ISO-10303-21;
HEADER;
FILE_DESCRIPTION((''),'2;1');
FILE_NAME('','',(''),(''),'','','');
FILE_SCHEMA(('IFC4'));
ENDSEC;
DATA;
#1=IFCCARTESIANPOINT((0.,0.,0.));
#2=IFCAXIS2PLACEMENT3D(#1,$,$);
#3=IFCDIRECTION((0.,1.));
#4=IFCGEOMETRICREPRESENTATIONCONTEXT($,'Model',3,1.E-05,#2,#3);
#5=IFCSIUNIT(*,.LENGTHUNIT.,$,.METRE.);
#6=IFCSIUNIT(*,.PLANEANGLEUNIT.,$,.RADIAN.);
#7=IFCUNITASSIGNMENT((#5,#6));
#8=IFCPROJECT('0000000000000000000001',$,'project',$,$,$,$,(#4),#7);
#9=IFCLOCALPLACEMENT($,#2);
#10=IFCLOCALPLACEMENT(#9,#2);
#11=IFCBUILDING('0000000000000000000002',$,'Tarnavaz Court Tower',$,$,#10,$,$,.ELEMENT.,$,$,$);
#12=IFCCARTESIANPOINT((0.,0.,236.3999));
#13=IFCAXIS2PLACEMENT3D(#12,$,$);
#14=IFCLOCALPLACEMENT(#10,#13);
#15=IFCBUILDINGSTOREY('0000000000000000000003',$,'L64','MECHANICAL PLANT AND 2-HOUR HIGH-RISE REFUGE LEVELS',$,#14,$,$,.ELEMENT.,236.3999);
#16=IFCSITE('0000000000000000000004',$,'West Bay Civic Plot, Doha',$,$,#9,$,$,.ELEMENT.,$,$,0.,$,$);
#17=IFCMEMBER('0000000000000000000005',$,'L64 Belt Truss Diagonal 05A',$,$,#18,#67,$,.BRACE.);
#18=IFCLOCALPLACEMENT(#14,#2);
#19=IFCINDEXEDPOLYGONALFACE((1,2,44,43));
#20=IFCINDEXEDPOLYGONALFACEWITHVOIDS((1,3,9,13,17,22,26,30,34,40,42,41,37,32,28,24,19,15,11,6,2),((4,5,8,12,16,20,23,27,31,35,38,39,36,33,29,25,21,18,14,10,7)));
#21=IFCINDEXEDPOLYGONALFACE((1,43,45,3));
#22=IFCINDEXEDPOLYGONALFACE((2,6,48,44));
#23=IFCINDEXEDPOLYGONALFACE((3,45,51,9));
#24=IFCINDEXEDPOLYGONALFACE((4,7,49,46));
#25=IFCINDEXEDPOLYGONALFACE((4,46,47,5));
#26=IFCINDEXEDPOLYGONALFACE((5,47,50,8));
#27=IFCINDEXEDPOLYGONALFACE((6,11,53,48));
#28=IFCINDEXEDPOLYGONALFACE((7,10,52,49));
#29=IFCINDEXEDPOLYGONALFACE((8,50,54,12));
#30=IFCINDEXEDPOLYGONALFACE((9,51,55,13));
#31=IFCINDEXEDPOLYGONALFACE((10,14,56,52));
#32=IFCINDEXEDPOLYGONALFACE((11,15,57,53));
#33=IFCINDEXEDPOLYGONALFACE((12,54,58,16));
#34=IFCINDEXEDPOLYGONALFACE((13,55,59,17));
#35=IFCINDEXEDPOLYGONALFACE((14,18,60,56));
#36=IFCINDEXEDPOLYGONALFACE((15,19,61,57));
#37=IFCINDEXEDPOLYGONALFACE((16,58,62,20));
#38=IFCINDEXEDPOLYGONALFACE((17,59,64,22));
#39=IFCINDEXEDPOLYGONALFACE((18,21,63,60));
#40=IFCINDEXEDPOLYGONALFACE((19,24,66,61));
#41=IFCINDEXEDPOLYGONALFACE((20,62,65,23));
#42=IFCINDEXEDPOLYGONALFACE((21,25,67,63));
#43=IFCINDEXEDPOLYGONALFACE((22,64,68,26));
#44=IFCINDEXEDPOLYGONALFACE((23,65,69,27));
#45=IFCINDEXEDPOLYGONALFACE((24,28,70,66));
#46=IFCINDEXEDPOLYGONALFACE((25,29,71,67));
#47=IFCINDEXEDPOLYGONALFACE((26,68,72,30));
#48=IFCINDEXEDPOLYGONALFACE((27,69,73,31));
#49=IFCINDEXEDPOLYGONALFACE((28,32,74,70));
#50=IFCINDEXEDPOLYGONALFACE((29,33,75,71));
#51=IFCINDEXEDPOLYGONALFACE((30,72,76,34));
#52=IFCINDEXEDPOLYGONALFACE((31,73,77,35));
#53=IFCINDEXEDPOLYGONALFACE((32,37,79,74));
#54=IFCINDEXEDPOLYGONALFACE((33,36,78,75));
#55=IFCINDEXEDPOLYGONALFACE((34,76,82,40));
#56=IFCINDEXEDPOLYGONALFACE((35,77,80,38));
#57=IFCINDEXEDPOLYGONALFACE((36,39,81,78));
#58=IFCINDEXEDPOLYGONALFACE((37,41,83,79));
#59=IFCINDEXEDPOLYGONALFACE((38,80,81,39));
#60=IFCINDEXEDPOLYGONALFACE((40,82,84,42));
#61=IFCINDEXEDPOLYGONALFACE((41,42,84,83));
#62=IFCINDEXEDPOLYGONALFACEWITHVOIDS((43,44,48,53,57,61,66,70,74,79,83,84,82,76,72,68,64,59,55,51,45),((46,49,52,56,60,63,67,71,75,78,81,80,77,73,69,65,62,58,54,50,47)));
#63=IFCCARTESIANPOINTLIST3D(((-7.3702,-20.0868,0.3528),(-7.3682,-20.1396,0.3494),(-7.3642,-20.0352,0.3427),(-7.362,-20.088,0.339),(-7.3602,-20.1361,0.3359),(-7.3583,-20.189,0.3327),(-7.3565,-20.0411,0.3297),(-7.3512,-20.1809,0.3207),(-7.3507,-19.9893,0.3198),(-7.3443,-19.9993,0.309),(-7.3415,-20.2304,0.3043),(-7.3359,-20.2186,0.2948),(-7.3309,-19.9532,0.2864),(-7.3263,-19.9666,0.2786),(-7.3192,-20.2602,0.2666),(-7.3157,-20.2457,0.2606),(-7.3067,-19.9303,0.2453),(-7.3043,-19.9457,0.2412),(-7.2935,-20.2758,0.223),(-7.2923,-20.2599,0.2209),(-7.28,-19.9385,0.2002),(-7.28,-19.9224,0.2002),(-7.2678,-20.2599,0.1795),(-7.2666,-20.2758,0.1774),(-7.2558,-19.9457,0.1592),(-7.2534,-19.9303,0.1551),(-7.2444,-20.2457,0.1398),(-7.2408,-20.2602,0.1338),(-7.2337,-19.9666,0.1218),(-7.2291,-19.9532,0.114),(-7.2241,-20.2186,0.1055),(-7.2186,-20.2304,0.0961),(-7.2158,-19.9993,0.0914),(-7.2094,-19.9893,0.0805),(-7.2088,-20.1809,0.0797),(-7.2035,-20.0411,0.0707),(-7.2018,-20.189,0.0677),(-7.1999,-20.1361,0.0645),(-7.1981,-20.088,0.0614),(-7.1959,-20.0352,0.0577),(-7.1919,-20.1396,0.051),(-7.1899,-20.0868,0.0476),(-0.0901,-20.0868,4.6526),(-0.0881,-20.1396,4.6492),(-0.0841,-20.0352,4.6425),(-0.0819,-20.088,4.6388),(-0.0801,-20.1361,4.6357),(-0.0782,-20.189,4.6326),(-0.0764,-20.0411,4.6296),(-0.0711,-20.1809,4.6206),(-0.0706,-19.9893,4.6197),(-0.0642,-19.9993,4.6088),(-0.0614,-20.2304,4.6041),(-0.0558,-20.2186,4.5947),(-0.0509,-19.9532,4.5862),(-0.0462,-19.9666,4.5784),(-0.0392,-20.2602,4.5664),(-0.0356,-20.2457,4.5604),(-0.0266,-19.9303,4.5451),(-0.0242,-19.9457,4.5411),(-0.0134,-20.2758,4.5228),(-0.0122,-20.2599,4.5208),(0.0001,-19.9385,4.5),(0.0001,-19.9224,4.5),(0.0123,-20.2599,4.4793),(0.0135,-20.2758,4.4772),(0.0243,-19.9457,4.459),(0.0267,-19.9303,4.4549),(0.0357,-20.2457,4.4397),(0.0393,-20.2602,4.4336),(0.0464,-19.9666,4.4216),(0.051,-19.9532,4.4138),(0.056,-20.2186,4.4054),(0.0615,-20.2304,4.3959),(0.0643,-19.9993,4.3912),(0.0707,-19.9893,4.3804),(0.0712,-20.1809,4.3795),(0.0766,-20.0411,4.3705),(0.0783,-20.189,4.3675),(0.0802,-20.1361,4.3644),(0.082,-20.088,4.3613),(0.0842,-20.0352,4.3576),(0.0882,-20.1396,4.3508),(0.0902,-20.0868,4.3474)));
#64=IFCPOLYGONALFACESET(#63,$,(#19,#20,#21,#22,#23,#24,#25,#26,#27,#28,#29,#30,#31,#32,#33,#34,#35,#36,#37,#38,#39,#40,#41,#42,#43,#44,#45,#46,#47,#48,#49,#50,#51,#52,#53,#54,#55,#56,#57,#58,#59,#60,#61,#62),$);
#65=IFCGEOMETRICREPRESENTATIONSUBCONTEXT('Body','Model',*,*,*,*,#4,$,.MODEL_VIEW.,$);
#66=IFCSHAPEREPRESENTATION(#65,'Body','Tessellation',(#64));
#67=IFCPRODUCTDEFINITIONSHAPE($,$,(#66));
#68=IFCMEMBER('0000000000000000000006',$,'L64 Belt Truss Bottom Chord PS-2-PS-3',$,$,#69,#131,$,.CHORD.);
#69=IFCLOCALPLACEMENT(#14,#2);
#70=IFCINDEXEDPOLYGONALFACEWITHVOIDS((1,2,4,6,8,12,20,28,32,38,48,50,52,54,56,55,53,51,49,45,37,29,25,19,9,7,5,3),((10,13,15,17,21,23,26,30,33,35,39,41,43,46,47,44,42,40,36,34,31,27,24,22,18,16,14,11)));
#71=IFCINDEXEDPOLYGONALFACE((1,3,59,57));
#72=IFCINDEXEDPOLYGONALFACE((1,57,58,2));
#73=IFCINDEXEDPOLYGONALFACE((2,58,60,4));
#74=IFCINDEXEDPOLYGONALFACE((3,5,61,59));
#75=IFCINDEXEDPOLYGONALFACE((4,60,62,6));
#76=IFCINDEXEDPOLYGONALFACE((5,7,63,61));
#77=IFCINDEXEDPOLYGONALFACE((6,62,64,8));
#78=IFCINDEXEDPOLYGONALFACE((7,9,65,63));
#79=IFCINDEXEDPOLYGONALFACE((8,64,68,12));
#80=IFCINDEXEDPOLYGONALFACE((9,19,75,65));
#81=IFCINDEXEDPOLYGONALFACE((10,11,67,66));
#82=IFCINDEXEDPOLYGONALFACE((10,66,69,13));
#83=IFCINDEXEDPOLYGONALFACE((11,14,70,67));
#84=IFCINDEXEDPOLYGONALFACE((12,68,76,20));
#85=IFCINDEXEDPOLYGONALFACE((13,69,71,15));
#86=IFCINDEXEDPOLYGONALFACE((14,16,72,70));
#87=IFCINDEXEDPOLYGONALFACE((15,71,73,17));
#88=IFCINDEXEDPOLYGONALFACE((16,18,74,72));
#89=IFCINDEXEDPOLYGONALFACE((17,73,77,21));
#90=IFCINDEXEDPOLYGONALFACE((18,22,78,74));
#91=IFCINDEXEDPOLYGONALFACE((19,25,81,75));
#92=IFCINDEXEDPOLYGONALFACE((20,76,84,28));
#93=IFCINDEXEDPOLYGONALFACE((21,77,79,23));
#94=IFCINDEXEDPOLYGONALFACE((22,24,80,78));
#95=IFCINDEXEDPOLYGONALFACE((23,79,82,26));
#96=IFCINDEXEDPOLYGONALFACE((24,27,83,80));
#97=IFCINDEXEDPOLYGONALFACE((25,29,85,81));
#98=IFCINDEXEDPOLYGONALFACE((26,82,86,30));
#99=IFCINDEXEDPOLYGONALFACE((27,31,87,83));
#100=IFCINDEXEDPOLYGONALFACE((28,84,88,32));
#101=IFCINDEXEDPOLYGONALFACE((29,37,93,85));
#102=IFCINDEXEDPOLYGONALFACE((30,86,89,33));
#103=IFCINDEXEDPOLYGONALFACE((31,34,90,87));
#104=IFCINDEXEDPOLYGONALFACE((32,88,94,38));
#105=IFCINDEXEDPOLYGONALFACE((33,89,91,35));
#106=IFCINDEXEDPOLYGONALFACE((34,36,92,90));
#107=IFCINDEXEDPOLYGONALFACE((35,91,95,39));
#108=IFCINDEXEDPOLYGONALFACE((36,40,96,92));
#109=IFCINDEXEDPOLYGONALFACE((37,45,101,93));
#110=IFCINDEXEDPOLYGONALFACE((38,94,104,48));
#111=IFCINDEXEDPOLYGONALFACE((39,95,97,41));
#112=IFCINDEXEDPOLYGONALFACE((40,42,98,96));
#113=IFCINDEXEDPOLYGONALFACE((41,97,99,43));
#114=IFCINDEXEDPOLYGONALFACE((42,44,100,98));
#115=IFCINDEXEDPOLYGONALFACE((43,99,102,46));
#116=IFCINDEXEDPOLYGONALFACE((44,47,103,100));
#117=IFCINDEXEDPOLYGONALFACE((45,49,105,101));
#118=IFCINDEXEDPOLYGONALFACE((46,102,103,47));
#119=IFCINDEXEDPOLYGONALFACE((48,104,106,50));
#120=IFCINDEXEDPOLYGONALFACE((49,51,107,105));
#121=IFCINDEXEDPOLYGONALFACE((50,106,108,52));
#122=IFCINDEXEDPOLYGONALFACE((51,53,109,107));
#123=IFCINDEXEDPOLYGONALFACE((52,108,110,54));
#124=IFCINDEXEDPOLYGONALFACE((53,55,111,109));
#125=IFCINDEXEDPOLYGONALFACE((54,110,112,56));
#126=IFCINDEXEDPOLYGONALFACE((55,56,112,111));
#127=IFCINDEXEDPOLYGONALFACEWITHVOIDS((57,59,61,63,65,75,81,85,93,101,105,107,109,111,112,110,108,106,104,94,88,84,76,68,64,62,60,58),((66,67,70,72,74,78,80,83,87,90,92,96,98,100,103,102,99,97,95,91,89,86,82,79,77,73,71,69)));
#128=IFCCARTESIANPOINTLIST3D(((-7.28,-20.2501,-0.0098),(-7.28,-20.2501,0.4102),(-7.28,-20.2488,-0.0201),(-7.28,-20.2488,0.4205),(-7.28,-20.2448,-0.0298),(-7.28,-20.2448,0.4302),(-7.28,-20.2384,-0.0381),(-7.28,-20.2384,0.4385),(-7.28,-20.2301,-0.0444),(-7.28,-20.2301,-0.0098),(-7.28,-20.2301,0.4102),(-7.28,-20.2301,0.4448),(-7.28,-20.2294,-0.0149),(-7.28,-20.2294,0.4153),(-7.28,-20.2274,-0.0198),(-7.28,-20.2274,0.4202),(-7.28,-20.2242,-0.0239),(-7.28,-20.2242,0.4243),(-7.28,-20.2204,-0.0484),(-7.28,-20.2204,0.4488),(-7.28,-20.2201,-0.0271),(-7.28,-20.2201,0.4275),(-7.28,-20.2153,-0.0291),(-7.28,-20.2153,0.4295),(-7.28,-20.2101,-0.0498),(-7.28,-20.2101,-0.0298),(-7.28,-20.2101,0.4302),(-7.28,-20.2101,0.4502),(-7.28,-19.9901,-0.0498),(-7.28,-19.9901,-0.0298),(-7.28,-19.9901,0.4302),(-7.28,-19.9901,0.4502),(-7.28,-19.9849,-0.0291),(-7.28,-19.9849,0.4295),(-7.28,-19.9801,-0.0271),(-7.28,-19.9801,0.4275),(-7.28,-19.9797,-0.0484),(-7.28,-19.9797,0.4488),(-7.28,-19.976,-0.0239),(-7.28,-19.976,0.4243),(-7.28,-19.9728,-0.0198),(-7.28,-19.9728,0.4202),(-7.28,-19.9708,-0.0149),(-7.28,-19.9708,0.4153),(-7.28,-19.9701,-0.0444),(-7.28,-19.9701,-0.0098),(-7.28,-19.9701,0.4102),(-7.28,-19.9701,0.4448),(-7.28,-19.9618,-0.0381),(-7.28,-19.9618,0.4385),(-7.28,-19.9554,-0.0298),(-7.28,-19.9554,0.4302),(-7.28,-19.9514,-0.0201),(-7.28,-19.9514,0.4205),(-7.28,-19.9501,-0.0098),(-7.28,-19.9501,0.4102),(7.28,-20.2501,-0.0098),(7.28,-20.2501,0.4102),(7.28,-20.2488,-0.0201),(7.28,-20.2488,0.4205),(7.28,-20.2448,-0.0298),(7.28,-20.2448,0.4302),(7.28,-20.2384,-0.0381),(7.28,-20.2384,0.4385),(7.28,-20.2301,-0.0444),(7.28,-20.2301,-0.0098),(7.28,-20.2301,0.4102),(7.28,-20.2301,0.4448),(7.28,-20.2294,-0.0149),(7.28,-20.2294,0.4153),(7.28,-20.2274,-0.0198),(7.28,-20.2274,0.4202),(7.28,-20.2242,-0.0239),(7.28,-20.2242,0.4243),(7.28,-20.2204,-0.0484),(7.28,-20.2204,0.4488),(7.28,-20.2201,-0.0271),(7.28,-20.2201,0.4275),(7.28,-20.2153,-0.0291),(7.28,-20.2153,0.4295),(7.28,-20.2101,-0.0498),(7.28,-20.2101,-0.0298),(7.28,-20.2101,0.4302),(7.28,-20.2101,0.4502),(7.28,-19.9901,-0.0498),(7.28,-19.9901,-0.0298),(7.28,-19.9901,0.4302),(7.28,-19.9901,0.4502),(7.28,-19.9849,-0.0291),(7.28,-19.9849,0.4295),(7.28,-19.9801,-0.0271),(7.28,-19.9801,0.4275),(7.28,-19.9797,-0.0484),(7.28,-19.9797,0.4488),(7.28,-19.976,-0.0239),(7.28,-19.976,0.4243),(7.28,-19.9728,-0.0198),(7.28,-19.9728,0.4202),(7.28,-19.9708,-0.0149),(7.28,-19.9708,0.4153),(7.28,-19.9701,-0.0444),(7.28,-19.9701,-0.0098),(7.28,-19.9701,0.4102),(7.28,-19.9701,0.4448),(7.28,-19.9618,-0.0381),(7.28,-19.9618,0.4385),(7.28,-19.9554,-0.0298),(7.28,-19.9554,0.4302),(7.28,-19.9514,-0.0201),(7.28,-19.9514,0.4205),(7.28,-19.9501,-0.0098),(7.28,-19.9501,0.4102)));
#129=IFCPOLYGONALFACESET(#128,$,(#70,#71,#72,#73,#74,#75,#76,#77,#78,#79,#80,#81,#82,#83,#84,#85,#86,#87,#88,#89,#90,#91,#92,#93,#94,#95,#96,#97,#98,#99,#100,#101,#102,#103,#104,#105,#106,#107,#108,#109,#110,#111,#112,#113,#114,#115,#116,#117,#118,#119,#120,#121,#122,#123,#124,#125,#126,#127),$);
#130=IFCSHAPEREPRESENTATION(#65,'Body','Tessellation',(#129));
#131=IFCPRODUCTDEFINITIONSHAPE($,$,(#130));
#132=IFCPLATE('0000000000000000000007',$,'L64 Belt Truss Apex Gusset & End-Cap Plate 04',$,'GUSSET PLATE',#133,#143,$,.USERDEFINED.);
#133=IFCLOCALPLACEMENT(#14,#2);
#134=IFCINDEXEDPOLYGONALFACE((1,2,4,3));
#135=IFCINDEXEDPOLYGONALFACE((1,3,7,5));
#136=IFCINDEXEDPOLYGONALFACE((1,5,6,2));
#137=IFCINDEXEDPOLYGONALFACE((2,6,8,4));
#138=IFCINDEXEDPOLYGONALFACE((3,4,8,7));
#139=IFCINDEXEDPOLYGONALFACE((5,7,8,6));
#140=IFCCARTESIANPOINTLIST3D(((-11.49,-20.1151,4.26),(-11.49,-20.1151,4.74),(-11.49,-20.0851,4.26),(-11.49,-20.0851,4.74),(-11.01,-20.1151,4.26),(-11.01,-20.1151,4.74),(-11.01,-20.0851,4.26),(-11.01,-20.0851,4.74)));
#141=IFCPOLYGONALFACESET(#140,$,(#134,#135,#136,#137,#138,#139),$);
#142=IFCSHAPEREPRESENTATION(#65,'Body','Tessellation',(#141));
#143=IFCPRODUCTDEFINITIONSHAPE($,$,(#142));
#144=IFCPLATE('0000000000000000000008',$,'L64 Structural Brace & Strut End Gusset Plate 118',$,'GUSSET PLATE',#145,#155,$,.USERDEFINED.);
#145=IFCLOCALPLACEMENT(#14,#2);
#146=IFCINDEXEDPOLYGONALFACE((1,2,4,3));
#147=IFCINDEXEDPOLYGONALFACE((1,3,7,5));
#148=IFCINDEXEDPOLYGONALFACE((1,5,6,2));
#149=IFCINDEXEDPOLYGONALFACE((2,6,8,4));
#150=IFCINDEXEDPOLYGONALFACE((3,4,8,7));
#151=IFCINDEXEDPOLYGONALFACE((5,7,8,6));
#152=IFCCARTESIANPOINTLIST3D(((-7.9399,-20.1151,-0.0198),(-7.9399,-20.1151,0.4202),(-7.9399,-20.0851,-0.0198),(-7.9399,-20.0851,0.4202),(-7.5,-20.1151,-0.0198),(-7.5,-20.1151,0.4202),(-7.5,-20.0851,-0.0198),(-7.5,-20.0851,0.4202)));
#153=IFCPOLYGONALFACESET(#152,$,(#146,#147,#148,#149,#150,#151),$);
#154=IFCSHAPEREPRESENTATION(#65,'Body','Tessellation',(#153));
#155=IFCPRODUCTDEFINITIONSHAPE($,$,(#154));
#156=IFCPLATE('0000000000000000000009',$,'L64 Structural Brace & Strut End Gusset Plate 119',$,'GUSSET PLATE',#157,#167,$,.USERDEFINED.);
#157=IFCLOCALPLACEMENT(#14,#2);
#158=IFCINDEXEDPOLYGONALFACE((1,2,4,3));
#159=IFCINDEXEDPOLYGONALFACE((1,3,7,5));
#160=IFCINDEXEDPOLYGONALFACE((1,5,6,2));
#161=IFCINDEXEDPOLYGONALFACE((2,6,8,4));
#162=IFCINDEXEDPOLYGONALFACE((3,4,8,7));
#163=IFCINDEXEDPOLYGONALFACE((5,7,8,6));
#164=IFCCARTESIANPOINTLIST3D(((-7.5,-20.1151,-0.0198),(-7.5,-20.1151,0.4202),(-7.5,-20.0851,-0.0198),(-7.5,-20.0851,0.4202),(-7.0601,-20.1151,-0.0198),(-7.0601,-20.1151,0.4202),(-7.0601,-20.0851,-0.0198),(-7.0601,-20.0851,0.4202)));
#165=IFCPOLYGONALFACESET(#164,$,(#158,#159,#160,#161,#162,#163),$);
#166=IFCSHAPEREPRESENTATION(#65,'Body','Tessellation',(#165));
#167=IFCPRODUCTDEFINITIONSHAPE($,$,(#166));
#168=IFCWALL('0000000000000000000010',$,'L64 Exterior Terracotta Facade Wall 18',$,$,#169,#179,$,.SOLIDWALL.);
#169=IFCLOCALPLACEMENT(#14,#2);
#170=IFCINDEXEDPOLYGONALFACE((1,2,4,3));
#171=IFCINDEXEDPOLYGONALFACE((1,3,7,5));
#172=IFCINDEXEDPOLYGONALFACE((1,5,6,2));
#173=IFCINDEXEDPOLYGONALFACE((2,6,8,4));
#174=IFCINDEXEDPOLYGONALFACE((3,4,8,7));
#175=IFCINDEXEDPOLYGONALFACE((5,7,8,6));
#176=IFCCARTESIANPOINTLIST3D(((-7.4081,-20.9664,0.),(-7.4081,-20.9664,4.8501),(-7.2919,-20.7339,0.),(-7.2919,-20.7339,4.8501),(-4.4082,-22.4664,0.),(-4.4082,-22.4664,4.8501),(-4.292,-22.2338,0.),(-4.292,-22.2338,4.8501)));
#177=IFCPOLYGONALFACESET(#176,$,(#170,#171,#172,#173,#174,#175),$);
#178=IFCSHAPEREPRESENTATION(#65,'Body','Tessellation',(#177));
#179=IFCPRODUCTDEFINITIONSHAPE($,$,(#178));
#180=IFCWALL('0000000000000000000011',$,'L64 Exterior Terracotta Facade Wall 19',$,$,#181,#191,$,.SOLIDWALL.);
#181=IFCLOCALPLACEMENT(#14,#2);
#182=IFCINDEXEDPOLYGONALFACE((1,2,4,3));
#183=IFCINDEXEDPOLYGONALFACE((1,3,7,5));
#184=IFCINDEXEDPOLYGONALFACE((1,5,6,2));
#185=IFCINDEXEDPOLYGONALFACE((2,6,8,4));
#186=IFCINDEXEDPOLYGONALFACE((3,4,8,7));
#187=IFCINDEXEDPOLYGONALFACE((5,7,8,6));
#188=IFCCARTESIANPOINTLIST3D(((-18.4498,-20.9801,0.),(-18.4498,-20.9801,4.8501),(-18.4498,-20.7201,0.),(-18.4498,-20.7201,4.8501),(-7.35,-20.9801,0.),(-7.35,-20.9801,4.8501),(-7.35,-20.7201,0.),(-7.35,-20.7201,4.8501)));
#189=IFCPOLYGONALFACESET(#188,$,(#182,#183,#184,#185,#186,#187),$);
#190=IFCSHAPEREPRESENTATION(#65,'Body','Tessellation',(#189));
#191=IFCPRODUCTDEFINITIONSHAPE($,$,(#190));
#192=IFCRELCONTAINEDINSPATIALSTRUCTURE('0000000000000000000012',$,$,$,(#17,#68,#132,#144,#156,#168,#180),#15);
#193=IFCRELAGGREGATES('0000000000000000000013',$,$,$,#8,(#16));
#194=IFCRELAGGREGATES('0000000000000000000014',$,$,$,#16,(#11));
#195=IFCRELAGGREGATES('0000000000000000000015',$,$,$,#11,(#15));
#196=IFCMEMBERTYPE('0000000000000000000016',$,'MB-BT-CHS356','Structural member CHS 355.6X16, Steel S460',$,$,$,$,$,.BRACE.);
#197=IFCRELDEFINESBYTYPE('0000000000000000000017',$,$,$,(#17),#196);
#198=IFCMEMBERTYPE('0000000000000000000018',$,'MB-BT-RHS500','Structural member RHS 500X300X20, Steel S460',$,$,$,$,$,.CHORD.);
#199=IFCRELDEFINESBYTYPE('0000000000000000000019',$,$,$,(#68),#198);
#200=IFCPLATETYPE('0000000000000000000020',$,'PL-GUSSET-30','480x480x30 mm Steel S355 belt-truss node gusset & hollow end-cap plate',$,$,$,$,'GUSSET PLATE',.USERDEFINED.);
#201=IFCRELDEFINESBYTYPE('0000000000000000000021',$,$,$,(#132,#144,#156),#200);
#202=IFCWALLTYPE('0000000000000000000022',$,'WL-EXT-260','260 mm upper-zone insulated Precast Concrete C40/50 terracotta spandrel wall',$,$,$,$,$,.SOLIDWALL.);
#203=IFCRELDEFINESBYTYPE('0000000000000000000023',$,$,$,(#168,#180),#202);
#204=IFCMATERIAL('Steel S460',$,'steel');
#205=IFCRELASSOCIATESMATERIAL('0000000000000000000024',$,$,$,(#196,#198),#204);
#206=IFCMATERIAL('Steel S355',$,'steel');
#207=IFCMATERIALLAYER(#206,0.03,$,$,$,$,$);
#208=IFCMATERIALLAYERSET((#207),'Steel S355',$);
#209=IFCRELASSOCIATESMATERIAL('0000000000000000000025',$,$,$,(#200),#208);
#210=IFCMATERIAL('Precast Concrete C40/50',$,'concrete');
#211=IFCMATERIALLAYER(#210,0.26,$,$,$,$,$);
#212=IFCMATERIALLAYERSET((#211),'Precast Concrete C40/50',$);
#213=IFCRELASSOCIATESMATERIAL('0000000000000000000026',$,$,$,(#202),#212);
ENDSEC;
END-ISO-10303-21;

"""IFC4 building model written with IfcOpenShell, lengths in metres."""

from ifc_helpers import new_model, si_unit, direction, frame, frame_2d, origin, origin_2d, place, context, subcontext, project, spatial, rectangle, hollow_rectangle, hollow_circle, extrude, material, layer, layer_set, material_profile, profile_set, type_object, element, save


model = new_model("IFC4")

# Units and contexts
model_context = context("Model", 3, precision=1e-05, world=origin(), true_north=direction((0.0, 1.0)))
body_context = subcontext(model_context, "Body", "Model", "MODEL_VIEW")
ifc_project = project(units=[si_unit("LENGTHUNIT", "METRE"), si_unit("PLANEANGLEUNIT", "RADIAN")], contexts=[model_context])

# Site, building, storey
site_placement = place(None, origin())
site = spatial("IfcSite", under=ifc_project, at=site_placement, Name="West Bay Civic Plot, Doha", CompositionType="ELEMENT", RefElevation=0.0)
building_placement = place(site_placement, origin())
building = spatial("IfcBuilding", under=site, at=building_placement, Name="Tarnavaz Court Tower", CompositionType="ELEMENT")
storey_placement = place(building_placement, frame((0.0, 0.0, 236.3999)))
storey = spatial("IfcBuildingStorey", under=building, at=storey_placement, Name="L64", Description="MECHANICAL PLANT AND 2-HOUR HIGH-RISE REFUGE LEVELS", CompositionType="ELEMENT", Elevation=236.3999)

# Shared definitions
ifc_material_1 = material(Name="Steel S460", Category="steel")

# Shared definitions
ifc_material_2 = material(Name="Steel S355", Category="steel")

# Members
ifc_material_profile_1 = material_profile(ifc_material_1, hollow_circle(Radius=0.1777, WallThickness=0.0161, at=origin_2d()), Name="CHS 355.6X16")
ifc_profile_set_1 = profile_set([ifc_material_profile_1], Name="Steel S460")
member_type_1 = type_object("IfcMemberType", Name="MB-BT-CHS356", Description="Structural member CHS 355.6X16, Steel S460", PredefinedType="BRACE", material=ifc_profile_set_1)
member_1_placement = place(storey_placement, frame((-7.28, -20.1001, 0.2002), z_axis=(0.861032, 0.0, 0.508551), x_axis=(0.0, 1.0, 0.0)))
element("IfcMember", 1, at=member_1_placement, inside=storey, type_object=member_type_1, Name="L64 Belt Truss Diagonal 05A", PredefinedType="BRACE", context=body_context, shape_type="SweptSolid", body=[
    extrude(hollow_circle(Radius=0.1777, WallThickness=0.0161, at=origin_2d()), origin(), (0.0, 0.0, 1.0), 8.4551),
])
ifc_material_profile_2 = material_profile(ifc_material_1, hollow_rectangle(XDim=0.3, YDim=0.5, WallThickness=0.02, InnerFilletRadius=0.02, OuterFilletRadius=0.04, at=origin_2d()), Name="RHS 500X300X20")
ifc_profile_set_2 = profile_set([ifc_material_profile_2], Name="Steel S460")
member_type_2 = type_object("IfcMemberType", Name="MB-BT-RHS500", Description="Structural member RHS 500X300X20, Steel S460", PredefinedType="CHORD", material=ifc_profile_set_2)
member_2_placement = place(storey_placement, frame((-7.28, -20.1001, 0.2002), z_axis=(1.0, 0.0, 0.0), x_axis=(0.0, 1.0, 0.0)))
element("IfcMember", 2, at=member_2_placement, inside=storey, type_object=member_type_2, Name="L64 Belt Truss Bottom Chord PS-2-PS-3", PredefinedType="CHORD", context=body_context, shape_type="SweptSolid", body=[
    extrude(hollow_rectangle(XDim=0.3, YDim=0.5, WallThickness=0.02, InnerFilletRadius=0.02, OuterFilletRadius=0.04, at=origin_2d()), origin(), (0.0, 0.0, 1.0), 14.5601),
])

# Plates
ifc_layer_1 = layer(ifc_material_2, 0.03)
ifc_layer_set_1 = layer_set([ifc_layer_1], Name="Steel S355")
plate_type = type_object("IfcPlateType", Name="PL-GUSSET-30", Description="480x480x30 mm Steel S355 belt-truss node gusset & hollow end-cap plate", ElementType="GUSSET PLATE", PredefinedType="USERDEFINED", material=ifc_layer_set_1)
plate_placement = place(storey_placement, frame((-11.25, -20.1001, 4.26), z_axis=(0.0, 0.0, 1.0), x_axis=(1.0, 0.0, 0.0)))
element("IfcPlate", 3, at=plate_placement, inside=storey, type_object=plate_type, Name="L64 Belt Truss Apex Gusset & End-Cap Plate 04", ObjectType="GUSSET PLATE", PredefinedType="USERDEFINED", context=body_context, shape_type="SweptSolid", body=[
    extrude(rectangle(XDim=0.48, YDim=0.03, at=origin_2d()), origin(), (0.0, 0.0, 1.0), 0.48),
])
for number, where, z_axis, x_axis, name in (
    (4, (-7.72, -20.1001, -0.0198), (0.0, 0.0, 1.0), (1.0, 0.0, 0.0), "L64 Structural Brace & Strut End Gusset Plate 118"),
    (5, (-7.28, -20.1001, -0.0198), (0.0, 0.0, 1.0), (1.0, 0.0, 0.0), "L64 Structural Brace & Strut End Gusset Plate 119"),
):
    element("IfcPlate", number, at=place(storey_placement, frame(where, z_axis=z_axis, x_axis=x_axis)), inside=storey, type_object=plate_type, Name=name, ObjectType="GUSSET PLATE", PredefinedType="USERDEFINED", context=body_context, shape_type="SweptSolid", body=[
        extrude(rectangle(XDim=0.4399, YDim=0.03, at=origin_2d()), origin(), (0.0, 0.0, 1.0), 0.4399),
    ])

# Walls
ifc_material_3 = material(Name="Precast Concrete C40/50", Category="concrete")
ifc_layer_2 = layer(ifc_material_3, 0.26)
ifc_layer_set_2 = layer_set([ifc_layer_2], Name="Precast Concrete C40/50")
wall_type_1 = type_object("IfcWallType", Name="WL-EXT-260", Description="260 mm upper-zone insulated Precast Concrete C40/50 terracotta spandrel wall", PredefinedType="SOLIDWALL", material=ifc_layer_set_2)
wall_1_placement = place(storey_placement, frame((-4.3501, -22.3501, 0.0), z_axis=(0.0, 0.0, 1.0), x_axis=(-0.894427, 0.447214, 0.0)))
element("IfcWall", 6, at=wall_1_placement, inside=storey, type_object=wall_type_1, Name="L64 Exterior Terracotta Facade Wall 18", PredefinedType="SOLIDWALL", context=body_context, shape_type="SweptSolid", body=[
    extrude(rectangle(XDim=3.354, YDim=0.26, at=frame_2d((1.677, 0.0))), origin(), (0.0, 0.0, 1.0), 4.8501),
])
wall_2_placement = place(storey_placement, frame((-7.3501, -20.8501, 0.0), z_axis=(0.0, 0.0, 1.0), x_axis=(-1.0, 0.0, 0.0)))
element("IfcWall", 7, at=wall_2_placement, inside=storey, type_object=wall_type_1, Name="L64 Exterior Terracotta Facade Wall 19", PredefinedType="SOLIDWALL", context=body_context, shape_type="SweptSolid", body=[
    extrude(rectangle(XDim=11.0999, YDim=0.26, at=frame_2d((5.5498, 0.0))), origin(), (0.0, 0.0, 1.0), 4.8501),
])

save(model, "model.ifc")
